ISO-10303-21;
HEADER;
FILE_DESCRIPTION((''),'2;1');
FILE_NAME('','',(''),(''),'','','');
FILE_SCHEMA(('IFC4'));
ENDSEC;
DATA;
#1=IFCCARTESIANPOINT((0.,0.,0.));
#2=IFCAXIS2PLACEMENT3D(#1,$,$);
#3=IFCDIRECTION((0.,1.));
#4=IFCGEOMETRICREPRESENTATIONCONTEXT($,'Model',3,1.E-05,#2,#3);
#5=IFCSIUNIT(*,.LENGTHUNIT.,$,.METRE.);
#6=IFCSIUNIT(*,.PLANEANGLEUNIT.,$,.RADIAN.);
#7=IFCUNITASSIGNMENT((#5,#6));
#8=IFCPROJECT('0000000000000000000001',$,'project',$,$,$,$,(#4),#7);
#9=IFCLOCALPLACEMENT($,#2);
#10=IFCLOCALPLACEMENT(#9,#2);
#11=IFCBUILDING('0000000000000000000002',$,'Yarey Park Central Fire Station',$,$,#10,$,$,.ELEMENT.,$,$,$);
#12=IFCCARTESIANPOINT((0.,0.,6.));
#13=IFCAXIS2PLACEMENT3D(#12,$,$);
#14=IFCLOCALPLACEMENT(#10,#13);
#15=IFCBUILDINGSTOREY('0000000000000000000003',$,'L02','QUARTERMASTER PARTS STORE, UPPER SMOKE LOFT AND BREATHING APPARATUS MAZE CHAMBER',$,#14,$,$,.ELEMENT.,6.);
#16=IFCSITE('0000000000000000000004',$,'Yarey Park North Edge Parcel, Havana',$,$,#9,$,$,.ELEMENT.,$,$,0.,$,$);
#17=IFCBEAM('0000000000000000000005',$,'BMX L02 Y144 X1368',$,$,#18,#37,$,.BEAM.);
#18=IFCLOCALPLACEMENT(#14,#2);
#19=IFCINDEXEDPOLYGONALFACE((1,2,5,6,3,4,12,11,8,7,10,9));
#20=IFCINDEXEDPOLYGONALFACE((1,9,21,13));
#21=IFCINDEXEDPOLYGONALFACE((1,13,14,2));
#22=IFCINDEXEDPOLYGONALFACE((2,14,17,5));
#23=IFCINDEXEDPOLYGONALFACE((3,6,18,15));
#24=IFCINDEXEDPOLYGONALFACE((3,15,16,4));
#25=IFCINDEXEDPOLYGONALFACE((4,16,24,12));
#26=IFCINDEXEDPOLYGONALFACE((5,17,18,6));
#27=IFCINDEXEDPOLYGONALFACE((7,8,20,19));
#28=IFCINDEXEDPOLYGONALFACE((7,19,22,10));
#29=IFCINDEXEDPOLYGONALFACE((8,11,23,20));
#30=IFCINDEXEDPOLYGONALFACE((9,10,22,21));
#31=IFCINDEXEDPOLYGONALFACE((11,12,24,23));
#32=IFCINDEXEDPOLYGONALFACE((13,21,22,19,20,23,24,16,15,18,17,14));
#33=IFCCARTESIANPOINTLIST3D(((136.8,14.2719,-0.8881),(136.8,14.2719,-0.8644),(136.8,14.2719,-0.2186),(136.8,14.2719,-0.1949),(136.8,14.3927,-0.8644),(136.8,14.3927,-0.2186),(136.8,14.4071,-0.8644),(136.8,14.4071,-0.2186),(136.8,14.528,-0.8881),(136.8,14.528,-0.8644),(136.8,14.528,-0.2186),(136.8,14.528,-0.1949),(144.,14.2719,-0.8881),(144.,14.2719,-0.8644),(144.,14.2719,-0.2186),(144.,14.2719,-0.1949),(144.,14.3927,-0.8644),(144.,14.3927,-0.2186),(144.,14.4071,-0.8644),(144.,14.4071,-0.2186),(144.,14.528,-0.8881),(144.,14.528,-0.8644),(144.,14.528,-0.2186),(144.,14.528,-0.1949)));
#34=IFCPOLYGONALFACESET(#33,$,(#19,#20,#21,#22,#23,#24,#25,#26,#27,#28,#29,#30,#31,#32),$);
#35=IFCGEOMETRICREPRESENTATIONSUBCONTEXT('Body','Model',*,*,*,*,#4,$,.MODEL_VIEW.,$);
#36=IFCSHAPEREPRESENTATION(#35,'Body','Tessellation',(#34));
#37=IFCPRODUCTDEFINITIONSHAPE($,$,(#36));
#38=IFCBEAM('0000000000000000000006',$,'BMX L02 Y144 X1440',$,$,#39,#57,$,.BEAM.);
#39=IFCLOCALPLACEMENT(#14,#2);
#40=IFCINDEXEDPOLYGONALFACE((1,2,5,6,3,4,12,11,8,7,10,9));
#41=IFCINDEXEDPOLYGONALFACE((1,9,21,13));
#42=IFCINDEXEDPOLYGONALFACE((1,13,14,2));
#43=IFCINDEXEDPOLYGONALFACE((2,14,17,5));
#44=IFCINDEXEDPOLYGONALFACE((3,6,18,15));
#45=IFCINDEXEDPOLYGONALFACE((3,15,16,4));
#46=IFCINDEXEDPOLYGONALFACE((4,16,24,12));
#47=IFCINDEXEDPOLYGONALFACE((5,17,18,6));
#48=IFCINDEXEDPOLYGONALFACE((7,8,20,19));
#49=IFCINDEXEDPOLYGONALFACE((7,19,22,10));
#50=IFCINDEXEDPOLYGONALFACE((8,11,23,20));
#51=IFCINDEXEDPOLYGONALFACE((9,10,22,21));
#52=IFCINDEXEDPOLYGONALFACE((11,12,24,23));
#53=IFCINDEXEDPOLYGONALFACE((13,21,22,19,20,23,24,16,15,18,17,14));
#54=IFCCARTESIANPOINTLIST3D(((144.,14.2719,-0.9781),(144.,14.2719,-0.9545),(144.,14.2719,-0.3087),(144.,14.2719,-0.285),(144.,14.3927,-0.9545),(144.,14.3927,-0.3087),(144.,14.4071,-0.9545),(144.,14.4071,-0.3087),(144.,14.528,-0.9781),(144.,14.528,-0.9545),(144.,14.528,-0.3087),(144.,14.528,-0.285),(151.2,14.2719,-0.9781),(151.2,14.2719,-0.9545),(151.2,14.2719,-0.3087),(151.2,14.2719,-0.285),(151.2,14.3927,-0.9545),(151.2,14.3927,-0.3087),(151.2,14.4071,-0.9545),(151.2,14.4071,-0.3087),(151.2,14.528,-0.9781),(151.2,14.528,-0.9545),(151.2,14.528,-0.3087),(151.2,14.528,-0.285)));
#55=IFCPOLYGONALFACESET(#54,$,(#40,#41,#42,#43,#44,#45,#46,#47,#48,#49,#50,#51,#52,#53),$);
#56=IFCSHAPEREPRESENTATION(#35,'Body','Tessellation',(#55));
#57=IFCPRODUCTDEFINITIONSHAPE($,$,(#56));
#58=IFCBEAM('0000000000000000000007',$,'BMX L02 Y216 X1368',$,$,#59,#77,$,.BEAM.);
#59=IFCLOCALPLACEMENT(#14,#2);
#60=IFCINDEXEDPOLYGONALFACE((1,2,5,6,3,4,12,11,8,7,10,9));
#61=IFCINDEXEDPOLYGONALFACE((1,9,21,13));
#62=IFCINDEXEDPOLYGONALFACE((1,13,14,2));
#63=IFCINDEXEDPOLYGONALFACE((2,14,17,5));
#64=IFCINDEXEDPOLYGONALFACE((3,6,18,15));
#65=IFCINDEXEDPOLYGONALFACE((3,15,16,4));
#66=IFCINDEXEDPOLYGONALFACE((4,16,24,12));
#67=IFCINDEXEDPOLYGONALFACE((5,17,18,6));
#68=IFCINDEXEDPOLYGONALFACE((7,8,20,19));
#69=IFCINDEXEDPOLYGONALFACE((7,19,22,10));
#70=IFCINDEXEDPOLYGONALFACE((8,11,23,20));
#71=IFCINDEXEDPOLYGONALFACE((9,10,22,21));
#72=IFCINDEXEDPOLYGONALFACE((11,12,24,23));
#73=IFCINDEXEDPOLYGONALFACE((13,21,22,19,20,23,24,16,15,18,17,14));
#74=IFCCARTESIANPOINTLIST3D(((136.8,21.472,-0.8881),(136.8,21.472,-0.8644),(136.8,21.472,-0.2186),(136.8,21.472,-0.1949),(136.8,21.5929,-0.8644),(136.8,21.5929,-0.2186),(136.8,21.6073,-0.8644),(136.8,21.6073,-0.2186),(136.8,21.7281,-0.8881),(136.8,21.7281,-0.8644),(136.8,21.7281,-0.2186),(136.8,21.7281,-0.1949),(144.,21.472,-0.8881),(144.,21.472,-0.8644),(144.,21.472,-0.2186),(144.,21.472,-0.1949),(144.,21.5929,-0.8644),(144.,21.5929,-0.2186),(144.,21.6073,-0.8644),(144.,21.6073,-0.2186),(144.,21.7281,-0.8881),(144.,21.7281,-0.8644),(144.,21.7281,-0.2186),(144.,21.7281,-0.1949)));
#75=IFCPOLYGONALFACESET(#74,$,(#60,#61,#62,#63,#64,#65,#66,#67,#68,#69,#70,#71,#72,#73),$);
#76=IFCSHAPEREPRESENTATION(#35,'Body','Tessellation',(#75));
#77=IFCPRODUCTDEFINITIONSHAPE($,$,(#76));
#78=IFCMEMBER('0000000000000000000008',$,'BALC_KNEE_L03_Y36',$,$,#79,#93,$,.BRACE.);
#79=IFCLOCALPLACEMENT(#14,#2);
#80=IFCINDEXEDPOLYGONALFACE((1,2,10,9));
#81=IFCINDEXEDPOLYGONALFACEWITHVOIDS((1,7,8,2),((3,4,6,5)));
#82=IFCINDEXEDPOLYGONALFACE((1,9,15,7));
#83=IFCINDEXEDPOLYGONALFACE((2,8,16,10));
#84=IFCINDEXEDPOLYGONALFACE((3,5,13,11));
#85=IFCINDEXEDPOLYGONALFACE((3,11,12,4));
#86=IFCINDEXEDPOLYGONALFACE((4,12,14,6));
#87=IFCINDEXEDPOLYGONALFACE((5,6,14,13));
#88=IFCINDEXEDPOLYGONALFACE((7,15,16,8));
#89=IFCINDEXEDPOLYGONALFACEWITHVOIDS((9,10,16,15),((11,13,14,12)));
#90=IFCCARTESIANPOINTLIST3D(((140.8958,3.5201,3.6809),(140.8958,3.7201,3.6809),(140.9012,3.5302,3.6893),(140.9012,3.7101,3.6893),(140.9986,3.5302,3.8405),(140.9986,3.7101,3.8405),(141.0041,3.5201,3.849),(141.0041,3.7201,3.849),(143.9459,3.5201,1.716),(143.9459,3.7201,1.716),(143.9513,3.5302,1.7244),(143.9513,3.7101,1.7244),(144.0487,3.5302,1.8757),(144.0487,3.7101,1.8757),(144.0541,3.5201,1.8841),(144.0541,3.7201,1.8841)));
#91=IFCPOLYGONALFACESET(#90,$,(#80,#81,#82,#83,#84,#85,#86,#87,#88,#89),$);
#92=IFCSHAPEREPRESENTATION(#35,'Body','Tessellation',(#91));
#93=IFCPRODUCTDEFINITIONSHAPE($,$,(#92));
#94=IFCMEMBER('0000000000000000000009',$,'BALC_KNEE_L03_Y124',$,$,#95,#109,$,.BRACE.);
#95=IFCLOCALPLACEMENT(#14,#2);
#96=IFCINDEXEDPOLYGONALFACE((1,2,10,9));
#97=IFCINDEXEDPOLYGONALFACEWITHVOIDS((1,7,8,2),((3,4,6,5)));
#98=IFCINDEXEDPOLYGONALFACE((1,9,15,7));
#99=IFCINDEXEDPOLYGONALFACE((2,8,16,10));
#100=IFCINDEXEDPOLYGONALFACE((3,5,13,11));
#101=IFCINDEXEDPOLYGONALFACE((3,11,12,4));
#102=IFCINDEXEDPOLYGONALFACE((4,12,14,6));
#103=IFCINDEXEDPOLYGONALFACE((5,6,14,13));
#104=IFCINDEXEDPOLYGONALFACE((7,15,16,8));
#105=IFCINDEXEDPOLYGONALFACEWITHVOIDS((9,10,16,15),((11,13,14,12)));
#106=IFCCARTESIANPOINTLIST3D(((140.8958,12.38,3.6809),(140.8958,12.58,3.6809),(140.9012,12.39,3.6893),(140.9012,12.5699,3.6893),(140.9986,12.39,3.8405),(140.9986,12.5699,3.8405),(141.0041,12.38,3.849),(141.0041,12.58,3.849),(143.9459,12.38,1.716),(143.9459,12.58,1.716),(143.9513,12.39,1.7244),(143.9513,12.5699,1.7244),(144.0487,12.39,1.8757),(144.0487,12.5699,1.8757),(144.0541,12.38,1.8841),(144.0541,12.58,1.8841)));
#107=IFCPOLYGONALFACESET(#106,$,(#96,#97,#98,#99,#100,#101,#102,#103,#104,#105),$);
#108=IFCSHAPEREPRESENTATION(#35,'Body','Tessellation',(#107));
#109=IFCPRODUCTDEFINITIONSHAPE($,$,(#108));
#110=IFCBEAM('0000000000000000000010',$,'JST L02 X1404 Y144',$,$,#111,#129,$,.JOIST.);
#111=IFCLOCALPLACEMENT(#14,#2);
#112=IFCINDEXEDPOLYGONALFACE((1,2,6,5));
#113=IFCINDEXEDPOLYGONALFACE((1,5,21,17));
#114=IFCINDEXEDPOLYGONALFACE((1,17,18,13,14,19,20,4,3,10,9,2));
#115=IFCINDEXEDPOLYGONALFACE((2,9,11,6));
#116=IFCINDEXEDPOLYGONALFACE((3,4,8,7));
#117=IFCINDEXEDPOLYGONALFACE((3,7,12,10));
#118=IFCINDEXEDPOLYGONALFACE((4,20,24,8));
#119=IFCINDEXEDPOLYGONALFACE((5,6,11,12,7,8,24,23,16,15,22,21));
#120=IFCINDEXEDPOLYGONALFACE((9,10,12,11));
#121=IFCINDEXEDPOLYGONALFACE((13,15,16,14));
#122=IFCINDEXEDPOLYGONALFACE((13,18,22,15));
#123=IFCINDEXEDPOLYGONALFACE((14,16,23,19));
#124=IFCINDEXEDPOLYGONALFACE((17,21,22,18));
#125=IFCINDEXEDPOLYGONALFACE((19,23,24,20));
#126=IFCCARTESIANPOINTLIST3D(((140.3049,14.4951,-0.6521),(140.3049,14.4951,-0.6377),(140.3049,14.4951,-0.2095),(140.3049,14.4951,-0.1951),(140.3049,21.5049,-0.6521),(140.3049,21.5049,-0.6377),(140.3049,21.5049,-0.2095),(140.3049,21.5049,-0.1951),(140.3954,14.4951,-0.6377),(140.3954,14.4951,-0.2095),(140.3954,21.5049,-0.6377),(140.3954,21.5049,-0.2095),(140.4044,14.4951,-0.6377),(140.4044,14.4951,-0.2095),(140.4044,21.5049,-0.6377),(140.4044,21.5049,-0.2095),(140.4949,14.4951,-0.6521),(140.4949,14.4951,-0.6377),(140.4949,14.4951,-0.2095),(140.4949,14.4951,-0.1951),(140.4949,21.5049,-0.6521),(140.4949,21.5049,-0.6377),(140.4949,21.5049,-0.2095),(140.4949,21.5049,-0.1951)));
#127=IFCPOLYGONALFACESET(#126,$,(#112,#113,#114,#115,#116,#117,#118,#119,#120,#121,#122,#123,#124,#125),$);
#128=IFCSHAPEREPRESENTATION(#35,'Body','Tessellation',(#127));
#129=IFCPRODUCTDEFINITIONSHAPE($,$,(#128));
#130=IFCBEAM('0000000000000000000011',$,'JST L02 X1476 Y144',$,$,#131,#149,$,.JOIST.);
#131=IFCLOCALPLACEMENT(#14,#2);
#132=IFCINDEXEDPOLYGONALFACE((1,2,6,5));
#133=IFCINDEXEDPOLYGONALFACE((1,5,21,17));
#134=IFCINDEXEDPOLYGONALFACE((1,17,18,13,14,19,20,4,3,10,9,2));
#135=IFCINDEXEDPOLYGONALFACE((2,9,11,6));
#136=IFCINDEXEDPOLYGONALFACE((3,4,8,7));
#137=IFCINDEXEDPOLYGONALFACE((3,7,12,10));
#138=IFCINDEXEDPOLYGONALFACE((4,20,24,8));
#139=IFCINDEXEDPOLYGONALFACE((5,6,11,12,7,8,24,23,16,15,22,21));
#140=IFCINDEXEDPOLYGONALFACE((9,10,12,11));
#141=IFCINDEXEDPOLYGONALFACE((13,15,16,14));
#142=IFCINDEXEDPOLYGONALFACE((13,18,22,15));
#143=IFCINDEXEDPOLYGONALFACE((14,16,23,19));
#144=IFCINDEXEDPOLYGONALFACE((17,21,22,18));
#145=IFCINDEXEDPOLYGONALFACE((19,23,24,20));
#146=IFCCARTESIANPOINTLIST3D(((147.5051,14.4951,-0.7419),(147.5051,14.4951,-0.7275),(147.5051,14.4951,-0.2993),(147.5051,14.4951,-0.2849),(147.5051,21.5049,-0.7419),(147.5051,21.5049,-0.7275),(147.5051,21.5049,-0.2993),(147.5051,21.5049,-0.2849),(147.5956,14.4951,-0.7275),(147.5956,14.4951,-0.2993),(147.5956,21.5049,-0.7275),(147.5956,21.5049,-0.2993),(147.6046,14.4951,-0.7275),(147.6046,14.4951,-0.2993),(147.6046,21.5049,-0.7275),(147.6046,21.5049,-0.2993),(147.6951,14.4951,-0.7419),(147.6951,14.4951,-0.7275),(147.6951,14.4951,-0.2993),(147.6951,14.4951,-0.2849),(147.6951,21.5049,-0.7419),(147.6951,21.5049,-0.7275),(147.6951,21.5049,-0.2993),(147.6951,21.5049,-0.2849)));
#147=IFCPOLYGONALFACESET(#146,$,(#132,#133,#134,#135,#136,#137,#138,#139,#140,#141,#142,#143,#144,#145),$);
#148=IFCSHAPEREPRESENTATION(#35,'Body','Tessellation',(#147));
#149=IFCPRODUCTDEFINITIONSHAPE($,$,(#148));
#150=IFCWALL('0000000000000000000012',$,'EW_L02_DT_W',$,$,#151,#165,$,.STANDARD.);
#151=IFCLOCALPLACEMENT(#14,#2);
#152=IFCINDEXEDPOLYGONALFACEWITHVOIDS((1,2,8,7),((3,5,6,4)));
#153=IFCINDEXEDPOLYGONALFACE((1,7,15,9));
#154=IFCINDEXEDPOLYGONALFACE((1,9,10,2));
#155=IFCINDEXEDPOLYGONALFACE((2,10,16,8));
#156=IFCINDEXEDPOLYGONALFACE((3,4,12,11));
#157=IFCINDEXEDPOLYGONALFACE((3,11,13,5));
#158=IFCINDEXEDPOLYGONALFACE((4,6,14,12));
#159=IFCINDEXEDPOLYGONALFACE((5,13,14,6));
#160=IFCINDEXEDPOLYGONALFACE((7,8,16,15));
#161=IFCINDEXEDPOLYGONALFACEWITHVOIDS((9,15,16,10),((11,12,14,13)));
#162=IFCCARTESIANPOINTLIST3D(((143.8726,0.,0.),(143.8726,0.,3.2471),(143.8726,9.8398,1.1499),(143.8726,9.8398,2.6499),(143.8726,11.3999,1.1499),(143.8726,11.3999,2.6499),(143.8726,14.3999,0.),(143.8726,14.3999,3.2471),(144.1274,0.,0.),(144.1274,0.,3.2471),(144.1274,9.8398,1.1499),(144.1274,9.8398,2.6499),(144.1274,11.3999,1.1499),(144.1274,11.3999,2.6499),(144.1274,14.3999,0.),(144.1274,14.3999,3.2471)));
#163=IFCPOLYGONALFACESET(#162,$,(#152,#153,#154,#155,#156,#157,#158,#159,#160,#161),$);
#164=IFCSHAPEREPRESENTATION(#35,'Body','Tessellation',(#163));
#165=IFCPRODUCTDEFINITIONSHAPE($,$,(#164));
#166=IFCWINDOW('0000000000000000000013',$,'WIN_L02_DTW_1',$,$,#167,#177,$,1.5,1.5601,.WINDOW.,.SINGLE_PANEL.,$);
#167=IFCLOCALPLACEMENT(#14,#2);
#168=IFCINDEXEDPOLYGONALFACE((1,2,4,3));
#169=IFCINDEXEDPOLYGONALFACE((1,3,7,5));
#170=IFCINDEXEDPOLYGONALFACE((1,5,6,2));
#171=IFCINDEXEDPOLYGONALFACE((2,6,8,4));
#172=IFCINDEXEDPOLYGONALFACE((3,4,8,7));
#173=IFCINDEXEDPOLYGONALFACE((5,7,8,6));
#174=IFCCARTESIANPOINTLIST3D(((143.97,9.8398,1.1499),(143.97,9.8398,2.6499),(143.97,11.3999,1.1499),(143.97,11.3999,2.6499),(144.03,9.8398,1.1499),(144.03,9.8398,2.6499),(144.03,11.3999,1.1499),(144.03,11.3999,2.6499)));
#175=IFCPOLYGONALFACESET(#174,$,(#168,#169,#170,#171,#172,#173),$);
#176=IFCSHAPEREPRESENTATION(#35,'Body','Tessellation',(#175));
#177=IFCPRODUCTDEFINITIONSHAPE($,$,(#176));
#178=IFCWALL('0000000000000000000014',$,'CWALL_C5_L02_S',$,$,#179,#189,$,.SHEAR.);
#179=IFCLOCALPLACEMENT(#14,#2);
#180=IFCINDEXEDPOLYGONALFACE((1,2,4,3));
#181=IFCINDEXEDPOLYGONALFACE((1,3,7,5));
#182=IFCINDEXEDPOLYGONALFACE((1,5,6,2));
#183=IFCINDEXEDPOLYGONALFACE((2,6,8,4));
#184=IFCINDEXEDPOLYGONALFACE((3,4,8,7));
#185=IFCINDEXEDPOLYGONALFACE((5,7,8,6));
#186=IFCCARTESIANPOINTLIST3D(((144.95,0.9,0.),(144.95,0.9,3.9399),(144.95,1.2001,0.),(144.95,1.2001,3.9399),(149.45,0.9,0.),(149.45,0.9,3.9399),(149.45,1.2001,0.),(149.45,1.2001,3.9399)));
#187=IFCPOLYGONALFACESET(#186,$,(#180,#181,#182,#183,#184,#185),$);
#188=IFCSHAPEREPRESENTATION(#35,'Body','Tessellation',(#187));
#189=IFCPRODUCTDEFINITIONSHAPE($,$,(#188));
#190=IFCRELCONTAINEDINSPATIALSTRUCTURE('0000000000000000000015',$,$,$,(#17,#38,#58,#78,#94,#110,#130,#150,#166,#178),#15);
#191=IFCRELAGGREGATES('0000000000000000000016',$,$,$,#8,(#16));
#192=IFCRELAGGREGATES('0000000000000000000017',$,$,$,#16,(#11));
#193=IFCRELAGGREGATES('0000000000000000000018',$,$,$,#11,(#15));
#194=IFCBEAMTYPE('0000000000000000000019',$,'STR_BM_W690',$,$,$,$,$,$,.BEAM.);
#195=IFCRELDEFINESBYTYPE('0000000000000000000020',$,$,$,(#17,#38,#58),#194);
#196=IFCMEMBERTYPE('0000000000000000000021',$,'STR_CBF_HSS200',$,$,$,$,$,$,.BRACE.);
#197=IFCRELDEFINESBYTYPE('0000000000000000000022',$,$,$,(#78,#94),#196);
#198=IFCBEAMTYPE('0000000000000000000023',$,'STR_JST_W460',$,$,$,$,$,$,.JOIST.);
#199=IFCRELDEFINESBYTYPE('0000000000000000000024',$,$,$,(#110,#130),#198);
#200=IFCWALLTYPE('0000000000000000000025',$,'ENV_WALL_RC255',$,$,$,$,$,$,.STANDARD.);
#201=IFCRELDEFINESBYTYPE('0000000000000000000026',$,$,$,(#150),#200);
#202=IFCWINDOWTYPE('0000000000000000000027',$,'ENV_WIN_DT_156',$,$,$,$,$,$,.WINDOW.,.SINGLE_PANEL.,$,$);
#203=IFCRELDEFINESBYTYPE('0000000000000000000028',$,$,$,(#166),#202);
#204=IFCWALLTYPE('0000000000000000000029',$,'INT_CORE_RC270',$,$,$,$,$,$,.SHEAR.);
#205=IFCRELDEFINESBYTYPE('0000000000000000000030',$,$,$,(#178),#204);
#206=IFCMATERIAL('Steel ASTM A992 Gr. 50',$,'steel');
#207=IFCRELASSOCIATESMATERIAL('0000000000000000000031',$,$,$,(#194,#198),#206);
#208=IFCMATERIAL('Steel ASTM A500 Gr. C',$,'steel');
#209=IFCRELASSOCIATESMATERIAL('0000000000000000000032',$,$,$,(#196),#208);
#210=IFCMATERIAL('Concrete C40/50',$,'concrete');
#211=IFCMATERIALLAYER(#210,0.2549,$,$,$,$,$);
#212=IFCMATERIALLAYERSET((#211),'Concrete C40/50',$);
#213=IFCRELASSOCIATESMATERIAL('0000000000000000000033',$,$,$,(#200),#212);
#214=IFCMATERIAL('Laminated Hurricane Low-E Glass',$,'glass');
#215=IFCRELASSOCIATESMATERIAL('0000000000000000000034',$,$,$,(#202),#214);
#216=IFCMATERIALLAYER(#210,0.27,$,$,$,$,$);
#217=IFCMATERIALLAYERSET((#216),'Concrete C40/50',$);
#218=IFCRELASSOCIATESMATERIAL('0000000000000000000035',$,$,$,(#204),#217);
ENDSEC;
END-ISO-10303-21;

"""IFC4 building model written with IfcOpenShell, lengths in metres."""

from ifc_helpers import new_model, si_unit, direction, frame, frame_2d, origin, origin_2d, place, context, subcontext, project, spatial, rectangle, hollow_rectangle, i_section, extrude, material, layer, layer_set, material_profile, profile_set, type_object, element, fill, save


model = new_model("IFC4")

# Units and contexts
model_context = context("Model", 3, precision=1e-05, world=origin(), true_north=direction((0.0, 1.0)))
body_context = subcontext(model_context, "Body", "Model", "MODEL_VIEW")
ifc_project = project(units=[si_unit("LENGTHUNIT", "METRE"), si_unit("PLANEANGLEUNIT", "RADIAN")], contexts=[model_context])

# Site, building, storey
site_placement = place(None, origin())
site = spatial("IfcSite", under=ifc_project, at=site_placement, Name="Yarey Park North Edge Parcel, Havana", CompositionType="ELEMENT", RefElevation=0.0)
building_placement = place(site_placement, origin())
building = spatial("IfcBuilding", under=site, at=building_placement, Name="Yarey Park Central Fire Station", CompositionType="ELEMENT")
storey_placement = place(building_placement, frame((0.0, 0.0, 6.0)))
storey = spatial("IfcBuildingStorey", under=building, at=storey_placement, Name="L02", Description="QUARTERMASTER PARTS STORE, UPPER SMOKE LOFT AND BREATHING APPARATUS MAZE CHAMBER", CompositionType="ELEMENT", Elevation=6.0)

# Shared definitions
ifc_material_1 = material(Name="Concrete C40/50", Category="concrete")
ifc_material_2 = material(Name="Steel ASTM A992 Gr. 50", Category="steel")

# Beams
ifc_material_profile_1 = material_profile(ifc_material_2, i_section(OverallWidth=0.2561, OverallDepth=0.6931, WebThickness=0.0144, FlangeThickness=0.0237, at=origin_2d()), Name="W690x170")
ifc_profile_set_1 = profile_set([ifc_material_profile_1], Name="Steel ASTM A992 Gr. 50")
beam_type_1 = type_object("IfcBeamType", Name="STR_BM_W690", PredefinedType="BEAM", material=ifc_profile_set_1)
for number, where, z_axis, x_axis, name in (
    (1, (136.8, 14.3999, -0.5415), (1.0, 0.0, 0.0), (0.0, 1.0, 0.0), "BMX L02 Y144 X1368"),
    (2, (144.0, 14.3999, -0.6316), (1.0, 0.0, 0.0), (0.0, 1.0, 0.0), "BMX L02 Y144 X1440"),
    (3, (136.8, 21.6001, -0.5415), (1.0, 0.0, 0.0), (0.0, 1.0, 0.0), "BMX L02 Y216 X1368"),
):
    element("IfcBeam", number, at=place(storey_placement, frame(where, z_axis=z_axis, x_axis=x_axis)), inside=storey, type_object=beam_type_1, Name=name, PredefinedType="BEAM", context=body_context, shape_type="SweptSolid", body=[
        extrude(i_section(OverallWidth=0.2561, OverallDepth=0.6931, WebThickness=0.0144, FlangeThickness=0.0237, at=origin_2d()), origin(), (0.0, 0.0, 1.0), 7.2),
    ])

# Members
ifc_material_3 = material(Name="Steel ASTM A500 Gr. C", Category="steel")
ifc_material_profile_2 = material_profile(ifc_material_3, hollow_rectangle(XDim=0.2, YDim=0.2, WallThickness=0.01, at=origin_2d()), Name="HSS 200x200x10")
ifc_profile_set_2 = profile_set([ifc_material_profile_2], Name="Steel ASTM A500 Gr. C")
member_type = type_object("IfcMemberType", Name="STR_CBF_HSS200", PredefinedType="BRACE", material=ifc_profile_set_2)
for number, where, z_axis, x_axis, name in (
    (4, (144.0, 3.6201, 1.8), (-0.840664, 0.0, 0.541557), (0.0, -1.0, 0.0), "BALC_KNEE_L03_Y36"),
    (5, (144.0, 12.48, 1.8), (-0.840664, 0.0, 0.541557), (0.0, -1.0, 0.0), "BALC_KNEE_L03_Y124"),
):
    element("IfcMember", number, at=place(storey_placement, frame(where, z_axis=z_axis, x_axis=x_axis)), inside=storey, type_object=member_type, Name=name, PredefinedType="BRACE", context=body_context, shape_type="SweptSolid", body=[
        extrude(hollow_rectangle(XDim=0.2, YDim=0.2, WallThickness=0.01, at=origin_2d()), origin(), (0.0, 0.0, 1.0), 3.6282),
    ])

# Beams
ifc_material_profile_3 = material_profile(ifc_material_2, i_section(OverallWidth=0.1899, OverallDepth=0.457, WebThickness=0.009, FlangeThickness=0.0144, at=origin_2d()), Name="W460x74")
ifc_profile_set_3 = profile_set([ifc_material_profile_3], Name="Steel ASTM A992 Gr. 50")
beam_type_2 = type_object("IfcBeamType", Name="STR_JST_W460", PredefinedType="JOIST", material=ifc_profile_set_3)
for number, where, z_axis, x_axis, name in (
    (6, (140.3999, 14.4951, -0.4236), (0.0, 1.0, 0.0), (-1.0, 0.0, 0.0), "JST L02 X1404 Y144"),
    (7, (147.6001, 14.4951, -0.5134), (0.0, 1.0, 0.0), (-1.0, 0.0, 0.0), "JST L02 X1476 Y144"),
):
    element("IfcBeam", number, at=place(storey_placement, frame(where, z_axis=z_axis, x_axis=x_axis)), inside=storey, type_object=beam_type_2, Name=name, PredefinedType="JOIST", context=body_context, shape_type="SweptSolid", body=[
        extrude(i_section(OverallWidth=0.1899, OverallDepth=0.457, WebThickness=0.009, FlangeThickness=0.0144, at=origin_2d()), origin(), (0.0, 0.0, 1.0), 7.0098),
    ])

# Wall, opening, window
ifc_layer_1 = layer(ifc_material_1, 0.2549)
ifc_layer_set_1 = layer_set([ifc_layer_1], Name="Concrete C40/50")
wall_type_1 = type_object("IfcWallType", Name="ENV_WALL_RC255", PredefinedType="STANDARD", material=ifc_layer_set_1)
wall_1_placement = place(storey_placement, frame((144.0, 14.3999, 0.0), z_axis=(0.0, 0.0, 1.0), x_axis=(0.0, -1.0, 0.0)))
wall_1 = element("IfcWall", 8, at=wall_1_placement, inside=storey, type_object=wall_type_1, Name="EW_L02_DT_W", PredefinedType="STANDARD", context=body_context, shape_type="SweptSolid", body=[
    extrude(rectangle(XDim=14.3999, YDim=0.2549, at=frame_2d((7.2, 0.0))), origin(), (0.0, 0.0, 1.0), 3.2471),
])
opening_placement = place(wall_1_placement, frame((3.0, 0.0, 1.1499)))
opening = element("IfcOpeningElement", 9, at=opening_placement, cuts=wall_1, PredefinedType="OPENING", context=body_context, shape_type="SweptSolid", body=[
    extrude(rectangle(XDim=1.5601, YDim=1.5, at=frame_2d((0.78, 0.75))), frame((0.0, 0.1375, 0.0), z_axis=(0.0, -1.0, 0.0), x_axis=(1.0, 0.0, 0.0)), (0.0, 0.0, 1.0), 0.2749),
])
ifc_material_4 = material(Name="Laminated Hurricane Low-E Glass", Category="glass")
window_type = type_object("IfcWindowType", Name="ENV_WIN_DT_156", PartitioningType="SINGLE_PANEL", PredefinedType="WINDOW", material=ifc_material_4)
window_placement = place(opening_placement, origin())
window = element("IfcWindow", 10, at=window_placement, inside=storey, type_object=window_type, Name="WIN_L02_DTW_1", OverallHeight=1.5, OverallWidth=1.5601, PartitioningType="SINGLE_PANEL", PredefinedType="WINDOW", context=body_context, shape_type="SweptSolid", body=[
    extrude(rectangle(XDim=1.5601, YDim=1.5, at=frame_2d((0.78, 0.75))), frame((0.0, 0.03, 0.0), z_axis=(0.0, -1.0, 0.0), x_axis=(1.0, 0.0, 0.0)), (0.0, 0.0, 1.0), 0.0601),
])
fill(opening, window)

# Wall
ifc_layer_2 = layer(ifc_material_1, 0.27)
ifc_layer_set_2 = layer_set([ifc_layer_2], Name="Concrete C40/50")
wall_type_2 = type_object("IfcWallType", Name="INT_CORE_RC270", PredefinedType="SHEAR", material=ifc_layer_set_2)
wall_2_placement = place(storey_placement, frame((144.95, 1.05, 0.0), z_axis=(0.0, 0.0, 1.0), x_axis=(1.0, 0.0, 0.0)))
element("IfcWall", 11, at=wall_2_placement, inside=storey, type_object=wall_type_2, Name="CWALL_C5_L02_S", PredefinedType="SHEAR", context=body_context, shape_type="SweptSolid", body=[
    extrude(rectangle(XDim=4.5, YDim=0.3, at=frame_2d((2.25, 0.0))), origin(), (0.0, 0.0, 1.0), 3.9399),
])

save(model, "model.ifc")
